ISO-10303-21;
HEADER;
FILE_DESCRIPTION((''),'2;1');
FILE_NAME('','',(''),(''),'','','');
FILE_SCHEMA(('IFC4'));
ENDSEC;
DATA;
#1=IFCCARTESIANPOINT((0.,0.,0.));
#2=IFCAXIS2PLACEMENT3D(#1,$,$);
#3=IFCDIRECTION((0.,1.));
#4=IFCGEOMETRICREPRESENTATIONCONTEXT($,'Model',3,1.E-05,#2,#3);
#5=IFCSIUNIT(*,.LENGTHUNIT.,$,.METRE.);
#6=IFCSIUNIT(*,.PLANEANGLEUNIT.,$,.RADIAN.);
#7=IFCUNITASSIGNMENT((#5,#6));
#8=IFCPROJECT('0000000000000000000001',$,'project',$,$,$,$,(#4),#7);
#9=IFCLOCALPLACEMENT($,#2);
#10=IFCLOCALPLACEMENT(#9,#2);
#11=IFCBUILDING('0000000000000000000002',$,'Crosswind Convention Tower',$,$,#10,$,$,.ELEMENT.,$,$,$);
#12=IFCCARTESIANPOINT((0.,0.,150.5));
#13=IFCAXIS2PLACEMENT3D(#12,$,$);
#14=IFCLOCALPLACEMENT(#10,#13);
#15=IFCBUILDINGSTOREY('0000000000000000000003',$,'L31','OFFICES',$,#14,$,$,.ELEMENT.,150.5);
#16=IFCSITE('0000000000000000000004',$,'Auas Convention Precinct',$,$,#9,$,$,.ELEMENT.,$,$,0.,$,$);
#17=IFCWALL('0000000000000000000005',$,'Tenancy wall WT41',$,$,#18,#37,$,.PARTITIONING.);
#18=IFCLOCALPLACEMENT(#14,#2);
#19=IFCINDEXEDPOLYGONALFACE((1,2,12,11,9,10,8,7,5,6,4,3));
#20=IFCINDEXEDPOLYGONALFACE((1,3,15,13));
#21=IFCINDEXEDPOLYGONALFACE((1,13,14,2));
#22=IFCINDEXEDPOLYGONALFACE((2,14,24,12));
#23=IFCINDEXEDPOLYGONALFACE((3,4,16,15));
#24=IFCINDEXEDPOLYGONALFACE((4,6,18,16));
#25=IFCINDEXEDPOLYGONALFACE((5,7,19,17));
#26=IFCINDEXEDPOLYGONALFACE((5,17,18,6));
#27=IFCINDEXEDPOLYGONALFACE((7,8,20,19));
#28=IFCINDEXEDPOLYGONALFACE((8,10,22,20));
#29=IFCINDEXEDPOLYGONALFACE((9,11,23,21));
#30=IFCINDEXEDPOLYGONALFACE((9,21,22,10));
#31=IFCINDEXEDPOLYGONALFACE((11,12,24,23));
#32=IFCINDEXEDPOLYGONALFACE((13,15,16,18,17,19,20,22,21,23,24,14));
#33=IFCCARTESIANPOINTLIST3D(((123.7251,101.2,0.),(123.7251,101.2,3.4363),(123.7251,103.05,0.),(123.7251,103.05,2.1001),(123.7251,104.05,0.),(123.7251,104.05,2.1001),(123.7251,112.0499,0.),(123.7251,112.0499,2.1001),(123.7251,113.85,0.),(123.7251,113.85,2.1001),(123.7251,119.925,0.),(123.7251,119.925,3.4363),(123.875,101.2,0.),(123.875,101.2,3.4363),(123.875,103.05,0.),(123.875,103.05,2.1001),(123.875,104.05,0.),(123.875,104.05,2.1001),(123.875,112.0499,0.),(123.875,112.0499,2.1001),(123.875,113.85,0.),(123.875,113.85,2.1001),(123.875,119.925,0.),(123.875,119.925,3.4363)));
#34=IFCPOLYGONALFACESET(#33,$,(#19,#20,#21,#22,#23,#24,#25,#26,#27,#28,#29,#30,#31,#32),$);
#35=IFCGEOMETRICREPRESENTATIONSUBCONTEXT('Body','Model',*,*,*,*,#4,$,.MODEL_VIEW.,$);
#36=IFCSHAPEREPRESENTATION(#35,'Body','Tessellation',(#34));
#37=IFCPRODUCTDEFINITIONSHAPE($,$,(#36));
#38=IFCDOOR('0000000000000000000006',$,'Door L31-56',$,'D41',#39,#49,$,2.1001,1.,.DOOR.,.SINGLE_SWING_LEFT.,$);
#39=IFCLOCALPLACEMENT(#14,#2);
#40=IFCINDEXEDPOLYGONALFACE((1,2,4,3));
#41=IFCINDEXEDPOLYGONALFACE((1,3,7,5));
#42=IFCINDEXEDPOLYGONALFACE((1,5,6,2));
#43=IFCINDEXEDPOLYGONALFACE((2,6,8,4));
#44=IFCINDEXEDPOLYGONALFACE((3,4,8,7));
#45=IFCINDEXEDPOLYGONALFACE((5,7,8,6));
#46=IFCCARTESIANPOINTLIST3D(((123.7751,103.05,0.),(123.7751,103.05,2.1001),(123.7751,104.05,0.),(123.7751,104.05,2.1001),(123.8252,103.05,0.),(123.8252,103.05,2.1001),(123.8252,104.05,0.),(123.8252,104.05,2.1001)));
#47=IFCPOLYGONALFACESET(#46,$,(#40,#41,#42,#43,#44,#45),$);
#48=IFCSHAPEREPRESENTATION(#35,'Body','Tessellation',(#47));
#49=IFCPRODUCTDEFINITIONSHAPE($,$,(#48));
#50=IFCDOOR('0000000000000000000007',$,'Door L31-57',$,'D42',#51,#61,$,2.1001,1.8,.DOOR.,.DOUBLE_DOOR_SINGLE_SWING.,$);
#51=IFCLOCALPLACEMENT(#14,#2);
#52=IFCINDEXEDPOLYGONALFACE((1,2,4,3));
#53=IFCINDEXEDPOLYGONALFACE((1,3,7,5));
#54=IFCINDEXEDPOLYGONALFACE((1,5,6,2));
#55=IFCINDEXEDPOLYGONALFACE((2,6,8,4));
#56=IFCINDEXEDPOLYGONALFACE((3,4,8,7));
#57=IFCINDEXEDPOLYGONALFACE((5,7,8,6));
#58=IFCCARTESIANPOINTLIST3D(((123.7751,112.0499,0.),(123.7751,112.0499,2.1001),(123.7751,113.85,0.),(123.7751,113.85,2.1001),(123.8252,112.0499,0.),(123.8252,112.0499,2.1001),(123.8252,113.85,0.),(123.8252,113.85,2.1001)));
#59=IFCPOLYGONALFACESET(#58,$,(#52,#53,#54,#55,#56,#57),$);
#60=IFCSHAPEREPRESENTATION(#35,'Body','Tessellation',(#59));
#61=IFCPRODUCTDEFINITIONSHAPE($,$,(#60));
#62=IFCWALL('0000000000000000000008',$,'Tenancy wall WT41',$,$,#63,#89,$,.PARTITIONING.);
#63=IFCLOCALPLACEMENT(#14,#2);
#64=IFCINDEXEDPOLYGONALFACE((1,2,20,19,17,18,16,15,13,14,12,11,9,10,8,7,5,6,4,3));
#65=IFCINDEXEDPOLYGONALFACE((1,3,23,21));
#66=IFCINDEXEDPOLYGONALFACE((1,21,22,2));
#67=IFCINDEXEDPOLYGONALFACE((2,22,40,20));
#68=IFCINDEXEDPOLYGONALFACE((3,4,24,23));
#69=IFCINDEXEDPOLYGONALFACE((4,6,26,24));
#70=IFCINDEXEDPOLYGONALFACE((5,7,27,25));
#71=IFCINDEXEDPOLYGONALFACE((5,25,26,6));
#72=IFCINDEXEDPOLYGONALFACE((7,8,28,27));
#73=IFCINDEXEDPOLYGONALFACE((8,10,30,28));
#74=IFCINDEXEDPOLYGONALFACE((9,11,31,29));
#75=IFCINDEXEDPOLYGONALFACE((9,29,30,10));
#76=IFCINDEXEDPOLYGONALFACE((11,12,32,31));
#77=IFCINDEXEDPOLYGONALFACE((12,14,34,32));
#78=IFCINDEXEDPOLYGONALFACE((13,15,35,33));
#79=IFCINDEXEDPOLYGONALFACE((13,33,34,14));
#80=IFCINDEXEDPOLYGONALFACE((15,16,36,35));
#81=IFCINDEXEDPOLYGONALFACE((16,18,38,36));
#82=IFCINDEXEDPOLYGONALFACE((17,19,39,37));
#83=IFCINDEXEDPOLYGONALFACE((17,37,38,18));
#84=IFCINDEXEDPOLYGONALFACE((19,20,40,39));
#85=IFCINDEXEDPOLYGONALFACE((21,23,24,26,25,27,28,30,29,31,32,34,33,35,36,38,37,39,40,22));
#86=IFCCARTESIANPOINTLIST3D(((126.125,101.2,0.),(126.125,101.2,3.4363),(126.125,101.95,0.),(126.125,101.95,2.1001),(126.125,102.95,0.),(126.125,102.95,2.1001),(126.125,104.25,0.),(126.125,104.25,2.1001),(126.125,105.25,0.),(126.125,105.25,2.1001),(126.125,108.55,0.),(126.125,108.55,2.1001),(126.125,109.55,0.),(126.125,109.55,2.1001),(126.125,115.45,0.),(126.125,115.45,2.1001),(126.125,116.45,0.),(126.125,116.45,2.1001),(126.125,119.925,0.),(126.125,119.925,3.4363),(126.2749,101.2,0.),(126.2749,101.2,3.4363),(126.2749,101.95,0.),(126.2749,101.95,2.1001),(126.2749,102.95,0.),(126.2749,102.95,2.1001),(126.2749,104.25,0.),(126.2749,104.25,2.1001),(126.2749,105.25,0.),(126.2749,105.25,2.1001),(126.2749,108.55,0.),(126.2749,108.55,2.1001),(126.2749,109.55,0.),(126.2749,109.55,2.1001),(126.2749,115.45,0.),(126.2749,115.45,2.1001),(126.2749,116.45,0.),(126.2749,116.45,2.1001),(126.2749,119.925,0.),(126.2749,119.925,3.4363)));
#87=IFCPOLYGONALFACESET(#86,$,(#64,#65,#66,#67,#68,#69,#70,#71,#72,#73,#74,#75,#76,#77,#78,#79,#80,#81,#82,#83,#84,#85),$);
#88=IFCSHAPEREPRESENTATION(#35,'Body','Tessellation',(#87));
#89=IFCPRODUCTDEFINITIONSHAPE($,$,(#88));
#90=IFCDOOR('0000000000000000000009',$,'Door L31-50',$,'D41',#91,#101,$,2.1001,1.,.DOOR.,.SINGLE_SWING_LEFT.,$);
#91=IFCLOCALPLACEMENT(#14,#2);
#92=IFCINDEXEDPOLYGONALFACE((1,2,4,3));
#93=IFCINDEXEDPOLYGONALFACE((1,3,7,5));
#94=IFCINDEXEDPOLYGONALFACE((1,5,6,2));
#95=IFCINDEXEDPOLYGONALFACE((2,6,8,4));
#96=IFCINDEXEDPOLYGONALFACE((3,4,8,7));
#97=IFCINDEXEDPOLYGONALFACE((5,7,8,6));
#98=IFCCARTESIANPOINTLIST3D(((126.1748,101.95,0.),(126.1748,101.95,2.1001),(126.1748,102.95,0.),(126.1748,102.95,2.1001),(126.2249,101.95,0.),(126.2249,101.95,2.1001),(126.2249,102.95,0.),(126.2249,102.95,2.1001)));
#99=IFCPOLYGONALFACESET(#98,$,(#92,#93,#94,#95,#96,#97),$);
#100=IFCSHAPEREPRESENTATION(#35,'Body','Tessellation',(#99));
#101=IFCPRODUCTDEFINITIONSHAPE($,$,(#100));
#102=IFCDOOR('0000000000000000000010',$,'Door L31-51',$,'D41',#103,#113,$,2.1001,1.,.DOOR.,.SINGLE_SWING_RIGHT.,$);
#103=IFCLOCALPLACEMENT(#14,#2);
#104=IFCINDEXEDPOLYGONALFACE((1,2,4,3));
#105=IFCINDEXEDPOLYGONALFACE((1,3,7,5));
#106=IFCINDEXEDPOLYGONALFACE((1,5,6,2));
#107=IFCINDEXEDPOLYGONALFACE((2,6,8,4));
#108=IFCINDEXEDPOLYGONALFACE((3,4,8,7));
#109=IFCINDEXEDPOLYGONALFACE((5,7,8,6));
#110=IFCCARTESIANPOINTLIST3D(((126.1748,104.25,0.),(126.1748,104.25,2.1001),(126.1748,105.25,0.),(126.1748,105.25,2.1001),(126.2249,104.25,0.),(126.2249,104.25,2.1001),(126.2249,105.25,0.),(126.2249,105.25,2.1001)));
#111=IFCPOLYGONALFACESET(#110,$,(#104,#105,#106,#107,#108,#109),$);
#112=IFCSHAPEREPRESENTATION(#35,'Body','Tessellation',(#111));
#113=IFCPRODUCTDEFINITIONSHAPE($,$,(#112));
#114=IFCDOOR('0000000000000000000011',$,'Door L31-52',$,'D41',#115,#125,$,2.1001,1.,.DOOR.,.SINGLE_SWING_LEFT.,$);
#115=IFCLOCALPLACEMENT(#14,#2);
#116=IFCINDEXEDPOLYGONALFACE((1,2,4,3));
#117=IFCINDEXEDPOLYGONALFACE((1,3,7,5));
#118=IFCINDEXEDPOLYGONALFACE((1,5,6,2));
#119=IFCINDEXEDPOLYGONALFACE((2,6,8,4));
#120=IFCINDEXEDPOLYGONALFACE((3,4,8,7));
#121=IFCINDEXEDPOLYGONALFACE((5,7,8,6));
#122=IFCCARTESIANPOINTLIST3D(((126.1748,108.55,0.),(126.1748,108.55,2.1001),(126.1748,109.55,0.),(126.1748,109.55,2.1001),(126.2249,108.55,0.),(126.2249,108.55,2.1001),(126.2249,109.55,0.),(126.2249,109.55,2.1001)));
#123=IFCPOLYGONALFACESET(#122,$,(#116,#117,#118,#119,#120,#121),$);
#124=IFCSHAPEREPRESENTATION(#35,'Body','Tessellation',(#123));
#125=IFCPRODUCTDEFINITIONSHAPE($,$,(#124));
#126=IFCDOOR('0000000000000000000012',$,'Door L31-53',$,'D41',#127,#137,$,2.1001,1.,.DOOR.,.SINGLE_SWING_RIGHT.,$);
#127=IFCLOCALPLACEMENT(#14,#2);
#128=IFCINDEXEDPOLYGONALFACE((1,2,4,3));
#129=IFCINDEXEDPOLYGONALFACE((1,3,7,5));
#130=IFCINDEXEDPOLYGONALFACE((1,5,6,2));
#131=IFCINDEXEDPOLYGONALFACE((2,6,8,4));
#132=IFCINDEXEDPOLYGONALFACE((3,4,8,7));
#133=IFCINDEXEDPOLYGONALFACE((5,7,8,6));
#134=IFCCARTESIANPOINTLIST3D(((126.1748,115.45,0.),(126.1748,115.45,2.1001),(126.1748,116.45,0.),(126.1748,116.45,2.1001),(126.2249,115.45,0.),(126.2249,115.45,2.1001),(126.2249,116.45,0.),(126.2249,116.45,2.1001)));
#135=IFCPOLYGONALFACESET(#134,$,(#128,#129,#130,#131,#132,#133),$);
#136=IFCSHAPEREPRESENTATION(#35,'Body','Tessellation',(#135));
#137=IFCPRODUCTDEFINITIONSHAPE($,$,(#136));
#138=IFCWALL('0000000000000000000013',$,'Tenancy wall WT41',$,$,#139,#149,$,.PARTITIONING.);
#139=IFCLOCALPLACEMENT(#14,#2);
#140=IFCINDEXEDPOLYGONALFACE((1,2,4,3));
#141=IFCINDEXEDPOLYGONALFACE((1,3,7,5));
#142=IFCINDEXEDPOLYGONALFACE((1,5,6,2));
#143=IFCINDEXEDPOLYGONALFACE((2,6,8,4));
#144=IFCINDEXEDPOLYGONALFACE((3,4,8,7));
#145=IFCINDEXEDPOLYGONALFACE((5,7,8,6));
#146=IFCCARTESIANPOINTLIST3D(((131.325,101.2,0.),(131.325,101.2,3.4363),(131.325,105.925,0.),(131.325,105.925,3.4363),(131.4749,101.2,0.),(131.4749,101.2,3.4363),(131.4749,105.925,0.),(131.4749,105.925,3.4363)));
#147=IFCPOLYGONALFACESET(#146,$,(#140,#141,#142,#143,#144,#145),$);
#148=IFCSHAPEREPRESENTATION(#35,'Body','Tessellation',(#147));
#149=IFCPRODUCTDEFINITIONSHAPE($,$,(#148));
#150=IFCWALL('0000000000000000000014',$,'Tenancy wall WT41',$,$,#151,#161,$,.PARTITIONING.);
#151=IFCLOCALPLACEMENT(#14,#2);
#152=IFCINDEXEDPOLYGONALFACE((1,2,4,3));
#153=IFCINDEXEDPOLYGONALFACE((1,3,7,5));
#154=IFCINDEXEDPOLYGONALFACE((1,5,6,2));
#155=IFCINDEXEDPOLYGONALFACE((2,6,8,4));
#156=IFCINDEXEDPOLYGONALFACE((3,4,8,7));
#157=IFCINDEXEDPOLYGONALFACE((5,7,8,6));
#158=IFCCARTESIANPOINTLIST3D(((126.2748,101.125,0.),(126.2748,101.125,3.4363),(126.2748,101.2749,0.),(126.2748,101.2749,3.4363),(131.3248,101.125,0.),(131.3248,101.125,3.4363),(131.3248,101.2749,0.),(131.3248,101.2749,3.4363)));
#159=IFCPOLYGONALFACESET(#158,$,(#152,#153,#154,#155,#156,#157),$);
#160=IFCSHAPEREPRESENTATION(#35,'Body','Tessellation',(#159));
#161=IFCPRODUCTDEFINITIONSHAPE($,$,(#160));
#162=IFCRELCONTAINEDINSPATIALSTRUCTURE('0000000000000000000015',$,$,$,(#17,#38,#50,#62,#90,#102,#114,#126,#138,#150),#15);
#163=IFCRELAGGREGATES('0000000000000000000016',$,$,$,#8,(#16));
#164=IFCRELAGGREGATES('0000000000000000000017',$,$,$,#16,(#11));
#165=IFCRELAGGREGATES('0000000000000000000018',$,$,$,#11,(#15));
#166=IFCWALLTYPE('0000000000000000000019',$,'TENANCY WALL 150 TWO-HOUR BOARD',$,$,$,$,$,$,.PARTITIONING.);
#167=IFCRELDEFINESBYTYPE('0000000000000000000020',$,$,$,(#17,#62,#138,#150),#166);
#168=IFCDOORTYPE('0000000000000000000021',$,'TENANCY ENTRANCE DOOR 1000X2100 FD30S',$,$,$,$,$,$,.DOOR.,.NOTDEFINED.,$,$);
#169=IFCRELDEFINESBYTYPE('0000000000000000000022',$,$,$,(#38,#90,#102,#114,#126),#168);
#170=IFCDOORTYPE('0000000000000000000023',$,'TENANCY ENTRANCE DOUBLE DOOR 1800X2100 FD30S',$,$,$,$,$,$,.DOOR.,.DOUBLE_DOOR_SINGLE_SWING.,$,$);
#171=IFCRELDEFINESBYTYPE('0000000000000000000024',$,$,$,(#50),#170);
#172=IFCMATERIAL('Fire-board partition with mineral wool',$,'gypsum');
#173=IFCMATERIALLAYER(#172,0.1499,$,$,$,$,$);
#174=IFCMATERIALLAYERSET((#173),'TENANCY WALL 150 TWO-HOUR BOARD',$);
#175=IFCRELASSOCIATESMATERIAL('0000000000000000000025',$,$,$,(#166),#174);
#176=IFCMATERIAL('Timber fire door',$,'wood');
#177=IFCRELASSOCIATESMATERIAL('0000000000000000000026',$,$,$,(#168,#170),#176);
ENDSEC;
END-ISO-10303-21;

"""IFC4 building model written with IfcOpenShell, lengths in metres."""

from ifc_helpers import new_model, si_unit, direction, frame, frame_2d, origin, place, context, subcontext, project, spatial, rectangle, extrude, material, layer, layer_set, type_object, element, fill, save


model = new_model("IFC4")

# Units and contexts
model_context = context("Model", 3, precision=1e-05, world=origin(), true_north=direction((0.0, 1.0)))
body_context = subcontext(model_context, "Body", "Model", "MODEL_VIEW")
ifc_project = project(units=[si_unit("LENGTHUNIT", "METRE"), si_unit("PLANEANGLEUNIT", "RADIAN")], contexts=[model_context])

# Site, building, storey
site_placement = place(None, origin())
site = spatial("IfcSite", under=ifc_project, at=site_placement, Name="Auas Convention Precinct", CompositionType="ELEMENT", RefElevation=0.0)
building_placement = place(site_placement, origin())
building = spatial("IfcBuilding", under=site, at=building_placement, Name="Crosswind Convention Tower", CompositionType="ELEMENT")
storey_placement = place(building_placement, frame((0.0, 0.0, 150.5)))
storey = spatial("IfcBuildingStorey", under=building, at=storey_placement, Name="L31", Description="OFFICES", CompositionType="ELEMENT", Elevation=150.5)

# Walls, openings, doors
ifc_material_1 = material(Name="Fire-board partition with mineral wool", Category="gypsum")
ifc_layer_1 = layer(ifc_material_1, 0.1499)
ifc_layer_set_1 = layer_set([ifc_layer_1], Name="TENANCY WALL 150 TWO-HOUR BOARD")
wall_type_1 = type_object("IfcWallType", Name="TENANCY WALL 150 TWO-HOUR BOARD", PredefinedType="PARTITIONING", material=ifc_layer_set_1)
wall_1_placement = place(storey_placement, frame((123.8, 101.2, 0.0), z_axis=(0.0, 0.0, 1.0), x_axis=(0.0, 1.0, 0.0)))
wall_1 = element("IfcWall", 1, at=wall_1_placement, inside=storey, type_object=wall_type_1, Name="Tenancy wall WT41", PredefinedType="PARTITIONING", context=body_context, shape_type="SweptSolid", body=[
    extrude(rectangle(XDim=18.7251, YDim=0.1499, at=frame_2d((9.3625, 0.0))), origin(), (0.0, 0.0, 1.0), 3.4363),
])
opening_1_placement = place(wall_1_placement, frame((1.8501, 0.0, 0.0)))
opening_1 = element("IfcOpeningElement", 2, at=opening_1_placement, cuts=wall_1, PredefinedType="OPENING", context=body_context, shape_type="SweptSolid", body=[
    extrude(rectangle(XDim=1.0, YDim=2.1001, at=frame_2d((0.5, 1.05))), frame((0.0, 0.085, 0.0), z_axis=(0.0, -1.0, 0.0), x_axis=(1.0, 0.0, 0.0)), (0.0, 0.0, 1.0), 0.1699),
])
opening_2_placement = place(wall_1_placement, frame((10.8501, 0.0, 0.0)))
opening_2 = element("IfcOpeningElement", 3, at=opening_2_placement, cuts=wall_1, PredefinedType="OPENING", context=body_context, shape_type="SweptSolid", body=[
    extrude(rectangle(XDim=1.8, YDim=2.1001, at=frame_2d((0.8999, 1.05))), frame((0.0, 0.085, 0.0), z_axis=(0.0, -1.0, 0.0), x_axis=(1.0, 0.0, 0.0)), (0.0, 0.0, 1.0), 0.1699),
])
ifc_material_2 = material(Name="Timber fire door", Category="wood")
door_type_1 = type_object("IfcDoorType", Name="TENANCY ENTRANCE DOOR 1000X2100 FD30S", OperationType="NOTDEFINED", PredefinedType="DOOR", material=ifc_material_2)
door_1_placement = place(opening_1_placement, origin())
door_1 = element("IfcDoor", 4, at=door_1_placement, inside=storey, type_object=door_type_1, Name="Door L31-56", ObjectType="D41", OperationType="SINGLE_SWING_LEFT", OverallHeight=2.1001, OverallWidth=1.0, PredefinedType="DOOR", context=body_context, shape_type="SweptSolid", body=[
    extrude(rectangle(XDim=1.0, YDim=2.1001, at=frame_2d((0.5, 1.05))), frame((0.0, 0.0249, 0.0), z_axis=(0.0, -1.0, 0.0), x_axis=(1.0, 0.0, 0.0)), (0.0, 0.0, 1.0), 0.05),
])
fill(opening_1, door_1)
door_type_2 = type_object("IfcDoorType", Name="TENANCY ENTRANCE DOUBLE DOOR 1800X2100 FD30S", OperationType="DOUBLE_DOOR_SINGLE_SWING", PredefinedType="DOOR", material=ifc_material_2)
door_2_placement = place(opening_2_placement, origin())
door_2 = element("IfcDoor", 5, at=door_2_placement, inside=storey, type_object=door_type_2, Name="Door L31-57", ObjectType="D42", OperationType="DOUBLE_DOOR_SINGLE_SWING", OverallHeight=2.1001, OverallWidth=1.8, PredefinedType="DOOR", context=body_context, shape_type="SweptSolid", body=[
    extrude(rectangle(XDim=1.8, YDim=2.1001, at=frame_2d((0.8999, 1.05))), frame((0.0, 0.0249, 0.0), z_axis=(0.0, -1.0, 0.0), x_axis=(1.0, 0.0, 0.0)), (0.0, 0.0, 1.0), 0.05),
])
fill(opening_2, door_2)
wall_2_placement = place(storey_placement, frame((126.2, 101.2, 0.0), z_axis=(0.0, 0.0, 1.0), x_axis=(0.0, 1.0, 0.0)))
wall_2 = element("IfcWall", 6, at=wall_2_placement, inside=storey, type_object=wall_type_1, Name="Tenancy wall WT41", PredefinedType="PARTITIONING", context=body_context, shape_type="SweptSolid", body=[
    extrude(rectangle(XDim=18.7251, YDim=0.1499, at=frame_2d((9.3625, 0.0))), origin(), (0.0, 0.0, 1.0), 3.4363),
])
opening_3_placement = place(wall_2_placement, frame((0.75, 0.0, 0.0)))
opening_3 = element("IfcOpeningElement", 7, at=opening_3_placement, cuts=wall_2, PredefinedType="OPENING", context=body_context, shape_type="SweptSolid", body=[
    extrude(rectangle(XDim=1.0, YDim=2.1001, at=frame_2d((0.5, 1.05))), frame((0.0, 0.085, 0.0), z_axis=(0.0, -1.0, 0.0), x_axis=(1.0, 0.0, 0.0)), (0.0, 0.0, 1.0), 0.1699),
])
opening_4_placement = place(wall_2_placement, frame((3.05, 0.0, 0.0)))
opening_4 = element("IfcOpeningElement", 8, at=opening_4_placement, cuts=wall_2, PredefinedType="OPENING", context=body_context, shape_type="SweptSolid", body=[
    extrude(rectangle(XDim=1.0, YDim=2.1001, at=frame_2d((0.5, 1.05))), frame((0.0, 0.085, 0.0), z_axis=(0.0, -1.0, 0.0), x_axis=(1.0, 0.0, 0.0)), (0.0, 0.0, 1.0), 0.1699),
])
opening_5_placement = place(wall_2_placement, frame((7.3501, 0.0, 0.0)))
opening_5 = element("IfcOpeningElement", 9, at=opening_5_placement, cuts=wall_2, PredefinedType="OPENING", context=body_context, shape_type="SweptSolid", body=[
    extrude(rectangle(XDim=1.0, YDim=2.1001, at=frame_2d((0.5, 1.05))), frame((0.0, 0.085, 0.0), z_axis=(0.0, -1.0, 0.0), x_axis=(1.0, 0.0, 0.0)), (0.0, 0.0, 1.0), 0.1699),
])
opening_6_placement = place(wall_2_placement, frame((14.25, 0.0, 0.0)))
opening_6 = element("IfcOpeningElement", 10, at=opening_6_placement, cuts=wall_2, PredefinedType="OPENING", context=body_context, shape_type="SweptSolid", body=[
    extrude(rectangle(XDim=1.0, YDim=2.1001, at=frame_2d((0.5, 1.05))), frame((0.0, 0.085, 0.0), z_axis=(0.0, -1.0, 0.0), x_axis=(1.0, 0.0, 0.0)), (0.0, 0.0, 1.0), 0.1699),
])
door_3_placement = place(opening_3_placement, frame((1.0, 0.0, 0.0), z_axis=(0.0, 0.0, 1.0), x_axis=(-1.0, 0.0, 0.0)))
door_3 = element("IfcDoor", 11, at=door_3_placement, inside=storey, type_object=door_type_1, Name="Door L31-50", ObjectType="D41", OperationType="SINGLE_SWING_LEFT", OverallHeight=2.1001, OverallWidth=1.0, PredefinedType="DOOR", context=body_context, shape_type="SweptSolid", body=[
    extrude(rectangle(XDim=1.0, YDim=2.1001, at=frame_2d((0.5, 1.05))), frame((0.0, 0.0249, 0.0), z_axis=(0.0, -1.0, 0.0), x_axis=(1.0, 0.0, 0.0)), (0.0, 0.0, 1.0), 0.05),
])
fill(opening_3, door_3)
door_4_placement = place(opening_4_placement, frame((1.0, 0.0, 0.0), z_axis=(0.0, 0.0, 1.0), x_axis=(-1.0, 0.0, 0.0)))
door_4 = element("IfcDoor", 12, at=door_4_placement, inside=storey, type_object=door_type_1, Name="Door L31-51", ObjectType="D41", OperationType="SINGLE_SWING_RIGHT", OverallHeight=2.1001, OverallWidth=1.0, PredefinedType="DOOR", context=body_context, shape_type="SweptSolid", body=[
    extrude(rectangle(XDim=1.0, YDim=2.1001, at=frame_2d((0.5, 1.05))), frame((0.0, 0.0249, 0.0), z_axis=(0.0, -1.0, 0.0), x_axis=(1.0, 0.0, 0.0)), (0.0, 0.0, 1.0), 0.05),
])
fill(opening_4, door_4)
door_5_placement = place(opening_5_placement, frame((1.0, 0.0, 0.0), z_axis=(0.0, 0.0, 1.0), x_axis=(-1.0, 0.0, 0.0)))
door_5 = element("IfcDoor", 13, at=door_5_placement, inside=storey, type_object=door_type_1, Name="Door L31-52", ObjectType="D41", OperationType="SINGLE_SWING_LEFT", OverallHeight=2.1001, OverallWidth=1.0, PredefinedType="DOOR", context=body_context, shape_type="SweptSolid", body=[
    extrude(rectangle(XDim=1.0, YDim=2.1001, at=frame_2d((0.5, 1.05))), frame((0.0, 0.0249, 0.0), z_axis=(0.0, -1.0, 0.0), x_axis=(1.0, 0.0, 0.0)), (0.0, 0.0, 1.0), 0.05),
])
fill(opening_5, door_5)
door_6_placement = place(opening_6_placement, frame((1.0, 0.0, 0.0), z_axis=(0.0, 0.0, 1.0), x_axis=(-1.0, 0.0, 0.0)))
door_6 = element("IfcDoor", 14, at=door_6_placement, inside=storey, type_object=door_type_1, Name="Door L31-53", ObjectType="D41", OperationType="SINGLE_SWING_RIGHT", OverallHeight=2.1001, OverallWidth=1.0, PredefinedType="DOOR", context=body_context, shape_type="SweptSolid", body=[
    extrude(rectangle(XDim=1.0, YDim=2.1001, at=frame_2d((0.5, 1.05))), frame((0.0, 0.0249, 0.0), z_axis=(0.0, -1.0, 0.0), x_axis=(1.0, 0.0, 0.0)), (0.0, 0.0, 1.0), 0.05),
])
fill(opening_6, door_6)

# Walls
wall_3_placement = place(storey_placement, frame((131.3999, 101.2, 0.0), z_axis=(0.0, 0.0, 1.0), x_axis=(0.0, 1.0, 0.0)))
element("IfcWall", 15, at=wall_3_placement, inside=storey, type_object=wall_type_1, Name="Tenancy wall WT41", PredefinedType="PARTITIONING", context=body_context, shape_type="SweptSolid", body=[
    extrude(rectangle(XDim=4.7251, YDim=0.1499, at=frame_2d((2.3625, 0.0))), origin(), (0.0, 0.0, 1.0), 3.4363),
])
wall_4_placement = place(storey_placement, frame((126.2749, 101.2, 0.0), z_axis=(0.0, 0.0, 1.0), x_axis=(1.0, 0.0, 0.0)))
element("IfcWall", 16, at=wall_4_placement, inside=storey, type_object=wall_type_1, Name="Tenancy wall WT41", PredefinedType="PARTITIONING", context=body_context, shape_type="SweptSolid", body=[
    extrude(rectangle(XDim=5.05, YDim=0.1499, at=frame_2d((2.5249, 0.0))), origin(), (0.0, 0.0, 1.0), 3.4363),
])

save(model, "model.ifc")
